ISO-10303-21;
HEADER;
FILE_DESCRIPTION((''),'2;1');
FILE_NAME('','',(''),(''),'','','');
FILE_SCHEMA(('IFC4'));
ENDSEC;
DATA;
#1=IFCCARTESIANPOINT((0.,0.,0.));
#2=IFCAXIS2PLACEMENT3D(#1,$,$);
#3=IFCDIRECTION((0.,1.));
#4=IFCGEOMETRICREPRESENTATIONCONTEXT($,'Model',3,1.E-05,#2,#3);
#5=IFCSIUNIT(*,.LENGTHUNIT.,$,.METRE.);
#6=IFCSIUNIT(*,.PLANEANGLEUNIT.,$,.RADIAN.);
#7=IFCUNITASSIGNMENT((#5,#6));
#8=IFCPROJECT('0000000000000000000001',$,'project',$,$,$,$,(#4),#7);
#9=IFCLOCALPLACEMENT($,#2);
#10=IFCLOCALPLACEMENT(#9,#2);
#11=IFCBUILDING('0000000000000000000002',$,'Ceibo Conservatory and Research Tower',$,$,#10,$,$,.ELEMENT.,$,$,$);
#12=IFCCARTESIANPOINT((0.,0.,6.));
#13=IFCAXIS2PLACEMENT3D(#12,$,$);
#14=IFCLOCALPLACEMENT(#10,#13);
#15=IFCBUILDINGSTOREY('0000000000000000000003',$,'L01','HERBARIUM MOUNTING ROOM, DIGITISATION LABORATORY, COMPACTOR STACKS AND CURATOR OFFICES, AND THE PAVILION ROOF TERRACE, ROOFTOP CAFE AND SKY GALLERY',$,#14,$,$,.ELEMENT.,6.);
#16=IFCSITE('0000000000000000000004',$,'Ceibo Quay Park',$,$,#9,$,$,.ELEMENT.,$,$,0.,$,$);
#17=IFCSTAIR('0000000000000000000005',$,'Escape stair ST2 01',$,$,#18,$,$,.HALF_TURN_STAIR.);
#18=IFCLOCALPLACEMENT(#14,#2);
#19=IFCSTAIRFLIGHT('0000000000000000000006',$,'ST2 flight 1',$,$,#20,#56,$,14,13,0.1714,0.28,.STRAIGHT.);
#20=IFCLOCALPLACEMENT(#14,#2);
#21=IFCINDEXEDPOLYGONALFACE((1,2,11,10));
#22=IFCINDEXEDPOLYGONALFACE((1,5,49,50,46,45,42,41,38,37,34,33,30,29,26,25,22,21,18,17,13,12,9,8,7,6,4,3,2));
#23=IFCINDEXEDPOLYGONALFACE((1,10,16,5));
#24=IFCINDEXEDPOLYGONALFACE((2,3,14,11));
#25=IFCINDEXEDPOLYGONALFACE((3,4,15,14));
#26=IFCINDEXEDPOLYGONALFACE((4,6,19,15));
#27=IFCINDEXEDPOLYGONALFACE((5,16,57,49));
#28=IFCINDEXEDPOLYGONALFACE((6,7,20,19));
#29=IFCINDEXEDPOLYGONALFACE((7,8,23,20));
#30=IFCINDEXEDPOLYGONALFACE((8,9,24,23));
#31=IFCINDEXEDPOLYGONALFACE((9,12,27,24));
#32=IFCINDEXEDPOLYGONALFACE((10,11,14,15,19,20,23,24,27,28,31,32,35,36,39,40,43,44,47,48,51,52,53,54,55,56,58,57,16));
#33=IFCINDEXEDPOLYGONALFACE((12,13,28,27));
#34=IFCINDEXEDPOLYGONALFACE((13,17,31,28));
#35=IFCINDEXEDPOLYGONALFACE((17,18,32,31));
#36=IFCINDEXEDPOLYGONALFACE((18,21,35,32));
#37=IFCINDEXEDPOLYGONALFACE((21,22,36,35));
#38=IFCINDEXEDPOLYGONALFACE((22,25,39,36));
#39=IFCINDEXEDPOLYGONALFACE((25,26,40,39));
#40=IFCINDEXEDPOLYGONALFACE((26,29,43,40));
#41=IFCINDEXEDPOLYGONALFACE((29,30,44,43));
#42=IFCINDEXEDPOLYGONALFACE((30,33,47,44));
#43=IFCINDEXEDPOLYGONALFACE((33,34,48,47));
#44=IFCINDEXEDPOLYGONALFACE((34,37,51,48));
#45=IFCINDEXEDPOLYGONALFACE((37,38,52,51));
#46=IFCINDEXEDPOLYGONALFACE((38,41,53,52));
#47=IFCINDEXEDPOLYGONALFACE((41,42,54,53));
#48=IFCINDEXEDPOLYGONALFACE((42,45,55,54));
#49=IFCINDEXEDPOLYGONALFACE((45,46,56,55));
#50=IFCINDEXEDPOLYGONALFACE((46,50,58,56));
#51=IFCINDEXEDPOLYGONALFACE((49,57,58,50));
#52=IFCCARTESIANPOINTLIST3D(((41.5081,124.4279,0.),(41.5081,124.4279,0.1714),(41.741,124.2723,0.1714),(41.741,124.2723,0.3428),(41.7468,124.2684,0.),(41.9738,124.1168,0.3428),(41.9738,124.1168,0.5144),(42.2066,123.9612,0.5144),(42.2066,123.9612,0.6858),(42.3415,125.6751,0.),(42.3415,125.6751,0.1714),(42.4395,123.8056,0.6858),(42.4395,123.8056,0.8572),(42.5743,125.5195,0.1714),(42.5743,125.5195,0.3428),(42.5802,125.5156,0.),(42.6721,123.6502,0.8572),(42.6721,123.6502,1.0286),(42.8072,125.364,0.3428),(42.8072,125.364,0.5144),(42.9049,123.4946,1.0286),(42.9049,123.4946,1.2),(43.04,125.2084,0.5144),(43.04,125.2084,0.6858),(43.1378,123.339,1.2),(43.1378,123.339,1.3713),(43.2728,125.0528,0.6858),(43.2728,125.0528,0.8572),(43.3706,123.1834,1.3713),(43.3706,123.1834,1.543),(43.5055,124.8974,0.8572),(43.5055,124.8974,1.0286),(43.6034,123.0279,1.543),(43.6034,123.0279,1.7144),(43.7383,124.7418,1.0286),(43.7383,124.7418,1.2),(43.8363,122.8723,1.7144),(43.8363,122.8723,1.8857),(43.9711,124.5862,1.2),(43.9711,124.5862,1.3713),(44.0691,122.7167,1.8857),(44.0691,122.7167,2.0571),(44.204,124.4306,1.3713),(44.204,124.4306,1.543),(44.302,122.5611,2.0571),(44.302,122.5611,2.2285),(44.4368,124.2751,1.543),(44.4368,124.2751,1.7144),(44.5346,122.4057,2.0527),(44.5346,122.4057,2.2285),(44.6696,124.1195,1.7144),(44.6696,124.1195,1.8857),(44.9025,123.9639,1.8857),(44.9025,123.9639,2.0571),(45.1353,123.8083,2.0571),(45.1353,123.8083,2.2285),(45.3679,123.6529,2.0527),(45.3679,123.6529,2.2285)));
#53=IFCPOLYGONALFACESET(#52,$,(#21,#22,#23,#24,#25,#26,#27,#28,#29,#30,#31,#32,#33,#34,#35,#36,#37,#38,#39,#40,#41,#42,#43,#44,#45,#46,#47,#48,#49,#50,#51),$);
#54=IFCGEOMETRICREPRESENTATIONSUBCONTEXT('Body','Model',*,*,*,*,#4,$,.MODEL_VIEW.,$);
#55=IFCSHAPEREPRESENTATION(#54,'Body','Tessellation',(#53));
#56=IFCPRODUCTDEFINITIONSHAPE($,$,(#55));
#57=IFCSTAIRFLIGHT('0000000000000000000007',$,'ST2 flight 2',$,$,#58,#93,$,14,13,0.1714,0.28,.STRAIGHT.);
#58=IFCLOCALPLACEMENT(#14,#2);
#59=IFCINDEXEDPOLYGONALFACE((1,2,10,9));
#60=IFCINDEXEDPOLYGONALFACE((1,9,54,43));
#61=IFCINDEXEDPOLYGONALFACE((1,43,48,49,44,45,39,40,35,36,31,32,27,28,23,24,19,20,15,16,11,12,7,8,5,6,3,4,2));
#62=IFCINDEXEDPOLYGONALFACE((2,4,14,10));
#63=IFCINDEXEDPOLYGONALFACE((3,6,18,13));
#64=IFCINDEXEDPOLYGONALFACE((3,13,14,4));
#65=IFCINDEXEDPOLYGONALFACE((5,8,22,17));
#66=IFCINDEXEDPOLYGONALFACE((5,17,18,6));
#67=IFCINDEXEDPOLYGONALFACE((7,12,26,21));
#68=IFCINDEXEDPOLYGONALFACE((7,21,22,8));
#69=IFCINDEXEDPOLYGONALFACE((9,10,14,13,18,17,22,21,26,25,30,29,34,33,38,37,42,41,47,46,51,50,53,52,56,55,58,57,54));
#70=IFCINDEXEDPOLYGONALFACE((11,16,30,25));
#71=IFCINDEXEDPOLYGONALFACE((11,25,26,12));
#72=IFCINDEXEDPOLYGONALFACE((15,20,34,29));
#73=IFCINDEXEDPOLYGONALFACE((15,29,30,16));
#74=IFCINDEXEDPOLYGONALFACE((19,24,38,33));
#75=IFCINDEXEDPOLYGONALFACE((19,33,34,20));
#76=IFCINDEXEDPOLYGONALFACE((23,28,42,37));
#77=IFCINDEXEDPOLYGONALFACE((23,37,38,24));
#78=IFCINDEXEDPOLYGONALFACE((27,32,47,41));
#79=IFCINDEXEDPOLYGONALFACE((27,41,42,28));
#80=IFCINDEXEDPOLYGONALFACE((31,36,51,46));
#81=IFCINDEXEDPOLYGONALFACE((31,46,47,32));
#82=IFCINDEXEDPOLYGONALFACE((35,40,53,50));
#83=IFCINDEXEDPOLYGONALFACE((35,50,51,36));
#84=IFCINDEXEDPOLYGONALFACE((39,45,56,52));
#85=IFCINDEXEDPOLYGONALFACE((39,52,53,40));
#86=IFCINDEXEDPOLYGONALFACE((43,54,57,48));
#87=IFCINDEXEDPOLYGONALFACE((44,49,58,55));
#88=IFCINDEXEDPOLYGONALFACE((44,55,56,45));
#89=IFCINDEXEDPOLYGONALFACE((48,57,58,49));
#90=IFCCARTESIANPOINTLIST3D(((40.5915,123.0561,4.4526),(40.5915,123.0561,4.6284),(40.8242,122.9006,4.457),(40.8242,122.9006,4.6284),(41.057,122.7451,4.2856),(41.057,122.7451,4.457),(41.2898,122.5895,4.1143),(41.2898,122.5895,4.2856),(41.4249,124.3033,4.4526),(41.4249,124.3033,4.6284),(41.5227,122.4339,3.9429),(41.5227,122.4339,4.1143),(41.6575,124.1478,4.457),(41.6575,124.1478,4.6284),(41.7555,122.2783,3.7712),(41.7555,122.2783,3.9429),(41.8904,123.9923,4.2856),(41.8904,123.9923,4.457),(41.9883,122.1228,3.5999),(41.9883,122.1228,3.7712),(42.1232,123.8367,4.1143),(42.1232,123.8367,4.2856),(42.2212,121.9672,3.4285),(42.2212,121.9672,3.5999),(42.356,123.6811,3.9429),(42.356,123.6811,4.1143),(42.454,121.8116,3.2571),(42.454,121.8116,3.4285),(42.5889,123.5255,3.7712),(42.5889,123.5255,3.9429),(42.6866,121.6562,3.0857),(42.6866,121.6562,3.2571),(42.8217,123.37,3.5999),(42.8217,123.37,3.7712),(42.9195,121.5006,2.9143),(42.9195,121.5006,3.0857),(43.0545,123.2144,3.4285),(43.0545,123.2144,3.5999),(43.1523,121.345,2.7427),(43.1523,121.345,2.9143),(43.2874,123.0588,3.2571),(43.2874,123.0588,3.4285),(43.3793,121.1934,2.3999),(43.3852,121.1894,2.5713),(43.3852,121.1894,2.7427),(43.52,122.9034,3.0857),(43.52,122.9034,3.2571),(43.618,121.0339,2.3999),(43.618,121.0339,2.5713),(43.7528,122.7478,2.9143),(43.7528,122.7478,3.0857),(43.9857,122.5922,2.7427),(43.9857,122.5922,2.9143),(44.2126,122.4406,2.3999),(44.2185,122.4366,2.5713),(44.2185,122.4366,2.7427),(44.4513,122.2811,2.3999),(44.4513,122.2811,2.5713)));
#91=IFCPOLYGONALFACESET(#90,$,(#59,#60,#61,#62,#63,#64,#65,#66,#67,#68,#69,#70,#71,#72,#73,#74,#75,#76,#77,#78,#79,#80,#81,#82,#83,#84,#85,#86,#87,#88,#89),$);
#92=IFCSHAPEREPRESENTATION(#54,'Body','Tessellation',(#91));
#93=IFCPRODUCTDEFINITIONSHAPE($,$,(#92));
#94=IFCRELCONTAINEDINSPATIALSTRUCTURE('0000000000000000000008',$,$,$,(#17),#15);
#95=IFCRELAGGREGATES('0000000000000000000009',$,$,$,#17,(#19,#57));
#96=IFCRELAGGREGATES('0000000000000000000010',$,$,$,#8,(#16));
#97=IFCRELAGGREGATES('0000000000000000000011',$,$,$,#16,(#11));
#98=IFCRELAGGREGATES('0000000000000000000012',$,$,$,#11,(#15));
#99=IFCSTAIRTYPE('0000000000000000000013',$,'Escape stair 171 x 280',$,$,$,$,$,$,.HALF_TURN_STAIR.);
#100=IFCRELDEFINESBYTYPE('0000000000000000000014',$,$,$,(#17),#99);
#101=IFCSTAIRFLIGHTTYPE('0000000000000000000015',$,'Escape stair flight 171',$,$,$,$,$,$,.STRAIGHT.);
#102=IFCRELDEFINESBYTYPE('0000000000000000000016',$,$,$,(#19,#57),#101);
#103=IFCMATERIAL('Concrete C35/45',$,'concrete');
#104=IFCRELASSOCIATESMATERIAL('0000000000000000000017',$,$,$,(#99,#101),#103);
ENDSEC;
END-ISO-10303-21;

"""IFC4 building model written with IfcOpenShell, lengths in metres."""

from ifc_helpers import new_model, si_unit, direction, frame, origin, place, context, subcontext, project, spatial, polyline, outline, extrude, material, type_object, element, aggregate, save


model = new_model("IFC4")

# Units and contexts
model_context = context("Model", 3, precision=1e-05, world=origin(), true_north=direction((0.0, 1.0)))
body_context = subcontext(model_context, "Body", "Model", "MODEL_VIEW")
ifc_project = project(units=[si_unit("LENGTHUNIT", "METRE"), si_unit("PLANEANGLEUNIT", "RADIAN")], contexts=[model_context])

# Site, building, storey
site_placement = place(None, origin())
site = spatial("IfcSite", under=ifc_project, at=site_placement, Name="Ceibo Quay Park", CompositionType="ELEMENT", RefElevation=0.0)
building_placement = place(site_placement, origin())
building = spatial("IfcBuilding", under=site, at=building_placement, Name="Ceibo Conservatory and Research Tower", CompositionType="ELEMENT")
storey_placement = place(building_placement, frame((0.0, 0.0, 6.0)))
storey = spatial("IfcBuildingStorey", under=building, at=storey_placement, Name="L01", Description="HERBARIUM MOUNTING ROOM, DIGITISATION LABORATORY, COMPACTOR STACKS AND CURATOR OFFICES, AND THE PAVILION ROOF TERRACE, ROOFTOP CAFE AND SKY GALLERY", CompositionType="ELEMENT", Elevation=6.0)

# Shared definitions
ifc_material_1 = material(Name="Concrete C35/45", Category="concrete")

# Stair
stair_type = type_object("IfcStairType", Name="Escape stair 171 x 280", PredefinedType="HALF_TURN_STAIR", material=ifc_material_1)
stair_placement = place(storey_placement, origin())
stair = element("IfcStair", 1, at=stair_placement, inside=storey, type_object=stair_type, Name="Escape stair ST2 01", PredefinedType="HALF_TURN_STAIR")

# Stair flights
stair_flight_type = type_object("IfcStairFlightType", Name="Escape stair flight 171", PredefinedType="STRAIGHT", material=ifc_material_1)
stair_flight_1_placement = place(storey_placement, frame((41.9248, 125.0515, 0.0), z_axis=(0.0, 0.0, 1.0), x_axis=(0.83147, -0.55557, 0.0)))
stair_flight_1 = element("IfcStairFlight", 2, at=stair_flight_1_placement, type_object=stair_flight_type, Name="ST2 flight 1", NumberOfRisers=14, NumberOfTreads=13, PredefinedType="STRAIGHT", RiserHeight=0.1714, TreadLength=0.28, context=body_context, shape_type="SweptSolid", body=[
    extrude(outline(polyline([(0.0, 0.0), (0.0, 0.1714), (0.28, 0.1714), (0.28, 0.3428), (0.5601, 0.3428), (0.5601, 0.5144), (0.8401, 0.5144), (0.8401, 0.6858), (1.1201, 0.6858), (1.1201, 0.8572), (1.3999, 0.8572), (1.3999, 1.0286), (1.6799, 1.0286), (1.6799, 1.2), (1.96, 1.2), (1.96, 1.3713), (2.24, 1.3713), (2.24, 1.543), (2.52, 1.543), (2.52, 1.7144), (2.8, 1.7144), (2.8, 1.8857), (3.0801, 1.8857), (3.0801, 2.0571), (3.3601, 2.0571), (3.3601, 2.2285), (3.6399, 2.2285), (3.6399, 2.3999), (3.6399, 2.0527), (0.2871, 0.0), (0.0, 0.0)])), frame((0.0, 0.75, 0.0), z_axis=(0.0, -1.0, 0.0), x_axis=(1.0, 0.0, 0.0)), (0.0, 0.0, 1.0), 1.5),
])
stair_flight_2_placement = place(storey_placement, frame((44.0347, 121.6575, 2.3999), z_axis=(0.0, 0.0, 1.0), x_axis=(-0.83147, 0.55557, 0.0)))
stair_flight_2 = element("IfcStairFlight", 3, at=stair_flight_2_placement, type_object=stair_flight_type, Name="ST2 flight 2", NumberOfRisers=14, NumberOfTreads=13, PredefinedType="STRAIGHT", RiserHeight=0.1714, TreadLength=0.28, context=body_context, shape_type="SweptSolid", body=[
    extrude(outline(polyline([(0.0, 0.0), (0.0, 0.1714), (0.28, 0.1714), (0.28, 0.3428), (0.5601, 0.3428), (0.5601, 0.5144), (0.8401, 0.5144), (0.8401, 0.6858), (1.1201, 0.6858), (1.1201, 0.8572), (1.3999, 0.8572), (1.3999, 1.0286), (1.6799, 1.0286), (1.6799, 1.2), (1.96, 1.2), (1.96, 1.3713), (2.24, 1.3713), (2.24, 1.543), (2.52, 1.543), (2.52, 1.7144), (2.8, 1.7144), (2.8, 1.8857), (3.0801, 1.8857), (3.0801, 2.0571), (3.3601, 2.0571), (3.3601, 2.2285), (3.6399, 2.2285), (3.6399, 2.3999), (3.6399, 2.0527), (0.2871, 0.0), (0.0, 0.0)])), frame((0.0, 0.75, 0.0), z_axis=(0.0, -1.0, 0.0), x_axis=(1.0, 0.0, 0.0)), (0.0, 0.0, 1.0), 1.5),
])
aggregate(stair, [stair_flight_1, stair_flight_2])

save(model, "model.ifc")
